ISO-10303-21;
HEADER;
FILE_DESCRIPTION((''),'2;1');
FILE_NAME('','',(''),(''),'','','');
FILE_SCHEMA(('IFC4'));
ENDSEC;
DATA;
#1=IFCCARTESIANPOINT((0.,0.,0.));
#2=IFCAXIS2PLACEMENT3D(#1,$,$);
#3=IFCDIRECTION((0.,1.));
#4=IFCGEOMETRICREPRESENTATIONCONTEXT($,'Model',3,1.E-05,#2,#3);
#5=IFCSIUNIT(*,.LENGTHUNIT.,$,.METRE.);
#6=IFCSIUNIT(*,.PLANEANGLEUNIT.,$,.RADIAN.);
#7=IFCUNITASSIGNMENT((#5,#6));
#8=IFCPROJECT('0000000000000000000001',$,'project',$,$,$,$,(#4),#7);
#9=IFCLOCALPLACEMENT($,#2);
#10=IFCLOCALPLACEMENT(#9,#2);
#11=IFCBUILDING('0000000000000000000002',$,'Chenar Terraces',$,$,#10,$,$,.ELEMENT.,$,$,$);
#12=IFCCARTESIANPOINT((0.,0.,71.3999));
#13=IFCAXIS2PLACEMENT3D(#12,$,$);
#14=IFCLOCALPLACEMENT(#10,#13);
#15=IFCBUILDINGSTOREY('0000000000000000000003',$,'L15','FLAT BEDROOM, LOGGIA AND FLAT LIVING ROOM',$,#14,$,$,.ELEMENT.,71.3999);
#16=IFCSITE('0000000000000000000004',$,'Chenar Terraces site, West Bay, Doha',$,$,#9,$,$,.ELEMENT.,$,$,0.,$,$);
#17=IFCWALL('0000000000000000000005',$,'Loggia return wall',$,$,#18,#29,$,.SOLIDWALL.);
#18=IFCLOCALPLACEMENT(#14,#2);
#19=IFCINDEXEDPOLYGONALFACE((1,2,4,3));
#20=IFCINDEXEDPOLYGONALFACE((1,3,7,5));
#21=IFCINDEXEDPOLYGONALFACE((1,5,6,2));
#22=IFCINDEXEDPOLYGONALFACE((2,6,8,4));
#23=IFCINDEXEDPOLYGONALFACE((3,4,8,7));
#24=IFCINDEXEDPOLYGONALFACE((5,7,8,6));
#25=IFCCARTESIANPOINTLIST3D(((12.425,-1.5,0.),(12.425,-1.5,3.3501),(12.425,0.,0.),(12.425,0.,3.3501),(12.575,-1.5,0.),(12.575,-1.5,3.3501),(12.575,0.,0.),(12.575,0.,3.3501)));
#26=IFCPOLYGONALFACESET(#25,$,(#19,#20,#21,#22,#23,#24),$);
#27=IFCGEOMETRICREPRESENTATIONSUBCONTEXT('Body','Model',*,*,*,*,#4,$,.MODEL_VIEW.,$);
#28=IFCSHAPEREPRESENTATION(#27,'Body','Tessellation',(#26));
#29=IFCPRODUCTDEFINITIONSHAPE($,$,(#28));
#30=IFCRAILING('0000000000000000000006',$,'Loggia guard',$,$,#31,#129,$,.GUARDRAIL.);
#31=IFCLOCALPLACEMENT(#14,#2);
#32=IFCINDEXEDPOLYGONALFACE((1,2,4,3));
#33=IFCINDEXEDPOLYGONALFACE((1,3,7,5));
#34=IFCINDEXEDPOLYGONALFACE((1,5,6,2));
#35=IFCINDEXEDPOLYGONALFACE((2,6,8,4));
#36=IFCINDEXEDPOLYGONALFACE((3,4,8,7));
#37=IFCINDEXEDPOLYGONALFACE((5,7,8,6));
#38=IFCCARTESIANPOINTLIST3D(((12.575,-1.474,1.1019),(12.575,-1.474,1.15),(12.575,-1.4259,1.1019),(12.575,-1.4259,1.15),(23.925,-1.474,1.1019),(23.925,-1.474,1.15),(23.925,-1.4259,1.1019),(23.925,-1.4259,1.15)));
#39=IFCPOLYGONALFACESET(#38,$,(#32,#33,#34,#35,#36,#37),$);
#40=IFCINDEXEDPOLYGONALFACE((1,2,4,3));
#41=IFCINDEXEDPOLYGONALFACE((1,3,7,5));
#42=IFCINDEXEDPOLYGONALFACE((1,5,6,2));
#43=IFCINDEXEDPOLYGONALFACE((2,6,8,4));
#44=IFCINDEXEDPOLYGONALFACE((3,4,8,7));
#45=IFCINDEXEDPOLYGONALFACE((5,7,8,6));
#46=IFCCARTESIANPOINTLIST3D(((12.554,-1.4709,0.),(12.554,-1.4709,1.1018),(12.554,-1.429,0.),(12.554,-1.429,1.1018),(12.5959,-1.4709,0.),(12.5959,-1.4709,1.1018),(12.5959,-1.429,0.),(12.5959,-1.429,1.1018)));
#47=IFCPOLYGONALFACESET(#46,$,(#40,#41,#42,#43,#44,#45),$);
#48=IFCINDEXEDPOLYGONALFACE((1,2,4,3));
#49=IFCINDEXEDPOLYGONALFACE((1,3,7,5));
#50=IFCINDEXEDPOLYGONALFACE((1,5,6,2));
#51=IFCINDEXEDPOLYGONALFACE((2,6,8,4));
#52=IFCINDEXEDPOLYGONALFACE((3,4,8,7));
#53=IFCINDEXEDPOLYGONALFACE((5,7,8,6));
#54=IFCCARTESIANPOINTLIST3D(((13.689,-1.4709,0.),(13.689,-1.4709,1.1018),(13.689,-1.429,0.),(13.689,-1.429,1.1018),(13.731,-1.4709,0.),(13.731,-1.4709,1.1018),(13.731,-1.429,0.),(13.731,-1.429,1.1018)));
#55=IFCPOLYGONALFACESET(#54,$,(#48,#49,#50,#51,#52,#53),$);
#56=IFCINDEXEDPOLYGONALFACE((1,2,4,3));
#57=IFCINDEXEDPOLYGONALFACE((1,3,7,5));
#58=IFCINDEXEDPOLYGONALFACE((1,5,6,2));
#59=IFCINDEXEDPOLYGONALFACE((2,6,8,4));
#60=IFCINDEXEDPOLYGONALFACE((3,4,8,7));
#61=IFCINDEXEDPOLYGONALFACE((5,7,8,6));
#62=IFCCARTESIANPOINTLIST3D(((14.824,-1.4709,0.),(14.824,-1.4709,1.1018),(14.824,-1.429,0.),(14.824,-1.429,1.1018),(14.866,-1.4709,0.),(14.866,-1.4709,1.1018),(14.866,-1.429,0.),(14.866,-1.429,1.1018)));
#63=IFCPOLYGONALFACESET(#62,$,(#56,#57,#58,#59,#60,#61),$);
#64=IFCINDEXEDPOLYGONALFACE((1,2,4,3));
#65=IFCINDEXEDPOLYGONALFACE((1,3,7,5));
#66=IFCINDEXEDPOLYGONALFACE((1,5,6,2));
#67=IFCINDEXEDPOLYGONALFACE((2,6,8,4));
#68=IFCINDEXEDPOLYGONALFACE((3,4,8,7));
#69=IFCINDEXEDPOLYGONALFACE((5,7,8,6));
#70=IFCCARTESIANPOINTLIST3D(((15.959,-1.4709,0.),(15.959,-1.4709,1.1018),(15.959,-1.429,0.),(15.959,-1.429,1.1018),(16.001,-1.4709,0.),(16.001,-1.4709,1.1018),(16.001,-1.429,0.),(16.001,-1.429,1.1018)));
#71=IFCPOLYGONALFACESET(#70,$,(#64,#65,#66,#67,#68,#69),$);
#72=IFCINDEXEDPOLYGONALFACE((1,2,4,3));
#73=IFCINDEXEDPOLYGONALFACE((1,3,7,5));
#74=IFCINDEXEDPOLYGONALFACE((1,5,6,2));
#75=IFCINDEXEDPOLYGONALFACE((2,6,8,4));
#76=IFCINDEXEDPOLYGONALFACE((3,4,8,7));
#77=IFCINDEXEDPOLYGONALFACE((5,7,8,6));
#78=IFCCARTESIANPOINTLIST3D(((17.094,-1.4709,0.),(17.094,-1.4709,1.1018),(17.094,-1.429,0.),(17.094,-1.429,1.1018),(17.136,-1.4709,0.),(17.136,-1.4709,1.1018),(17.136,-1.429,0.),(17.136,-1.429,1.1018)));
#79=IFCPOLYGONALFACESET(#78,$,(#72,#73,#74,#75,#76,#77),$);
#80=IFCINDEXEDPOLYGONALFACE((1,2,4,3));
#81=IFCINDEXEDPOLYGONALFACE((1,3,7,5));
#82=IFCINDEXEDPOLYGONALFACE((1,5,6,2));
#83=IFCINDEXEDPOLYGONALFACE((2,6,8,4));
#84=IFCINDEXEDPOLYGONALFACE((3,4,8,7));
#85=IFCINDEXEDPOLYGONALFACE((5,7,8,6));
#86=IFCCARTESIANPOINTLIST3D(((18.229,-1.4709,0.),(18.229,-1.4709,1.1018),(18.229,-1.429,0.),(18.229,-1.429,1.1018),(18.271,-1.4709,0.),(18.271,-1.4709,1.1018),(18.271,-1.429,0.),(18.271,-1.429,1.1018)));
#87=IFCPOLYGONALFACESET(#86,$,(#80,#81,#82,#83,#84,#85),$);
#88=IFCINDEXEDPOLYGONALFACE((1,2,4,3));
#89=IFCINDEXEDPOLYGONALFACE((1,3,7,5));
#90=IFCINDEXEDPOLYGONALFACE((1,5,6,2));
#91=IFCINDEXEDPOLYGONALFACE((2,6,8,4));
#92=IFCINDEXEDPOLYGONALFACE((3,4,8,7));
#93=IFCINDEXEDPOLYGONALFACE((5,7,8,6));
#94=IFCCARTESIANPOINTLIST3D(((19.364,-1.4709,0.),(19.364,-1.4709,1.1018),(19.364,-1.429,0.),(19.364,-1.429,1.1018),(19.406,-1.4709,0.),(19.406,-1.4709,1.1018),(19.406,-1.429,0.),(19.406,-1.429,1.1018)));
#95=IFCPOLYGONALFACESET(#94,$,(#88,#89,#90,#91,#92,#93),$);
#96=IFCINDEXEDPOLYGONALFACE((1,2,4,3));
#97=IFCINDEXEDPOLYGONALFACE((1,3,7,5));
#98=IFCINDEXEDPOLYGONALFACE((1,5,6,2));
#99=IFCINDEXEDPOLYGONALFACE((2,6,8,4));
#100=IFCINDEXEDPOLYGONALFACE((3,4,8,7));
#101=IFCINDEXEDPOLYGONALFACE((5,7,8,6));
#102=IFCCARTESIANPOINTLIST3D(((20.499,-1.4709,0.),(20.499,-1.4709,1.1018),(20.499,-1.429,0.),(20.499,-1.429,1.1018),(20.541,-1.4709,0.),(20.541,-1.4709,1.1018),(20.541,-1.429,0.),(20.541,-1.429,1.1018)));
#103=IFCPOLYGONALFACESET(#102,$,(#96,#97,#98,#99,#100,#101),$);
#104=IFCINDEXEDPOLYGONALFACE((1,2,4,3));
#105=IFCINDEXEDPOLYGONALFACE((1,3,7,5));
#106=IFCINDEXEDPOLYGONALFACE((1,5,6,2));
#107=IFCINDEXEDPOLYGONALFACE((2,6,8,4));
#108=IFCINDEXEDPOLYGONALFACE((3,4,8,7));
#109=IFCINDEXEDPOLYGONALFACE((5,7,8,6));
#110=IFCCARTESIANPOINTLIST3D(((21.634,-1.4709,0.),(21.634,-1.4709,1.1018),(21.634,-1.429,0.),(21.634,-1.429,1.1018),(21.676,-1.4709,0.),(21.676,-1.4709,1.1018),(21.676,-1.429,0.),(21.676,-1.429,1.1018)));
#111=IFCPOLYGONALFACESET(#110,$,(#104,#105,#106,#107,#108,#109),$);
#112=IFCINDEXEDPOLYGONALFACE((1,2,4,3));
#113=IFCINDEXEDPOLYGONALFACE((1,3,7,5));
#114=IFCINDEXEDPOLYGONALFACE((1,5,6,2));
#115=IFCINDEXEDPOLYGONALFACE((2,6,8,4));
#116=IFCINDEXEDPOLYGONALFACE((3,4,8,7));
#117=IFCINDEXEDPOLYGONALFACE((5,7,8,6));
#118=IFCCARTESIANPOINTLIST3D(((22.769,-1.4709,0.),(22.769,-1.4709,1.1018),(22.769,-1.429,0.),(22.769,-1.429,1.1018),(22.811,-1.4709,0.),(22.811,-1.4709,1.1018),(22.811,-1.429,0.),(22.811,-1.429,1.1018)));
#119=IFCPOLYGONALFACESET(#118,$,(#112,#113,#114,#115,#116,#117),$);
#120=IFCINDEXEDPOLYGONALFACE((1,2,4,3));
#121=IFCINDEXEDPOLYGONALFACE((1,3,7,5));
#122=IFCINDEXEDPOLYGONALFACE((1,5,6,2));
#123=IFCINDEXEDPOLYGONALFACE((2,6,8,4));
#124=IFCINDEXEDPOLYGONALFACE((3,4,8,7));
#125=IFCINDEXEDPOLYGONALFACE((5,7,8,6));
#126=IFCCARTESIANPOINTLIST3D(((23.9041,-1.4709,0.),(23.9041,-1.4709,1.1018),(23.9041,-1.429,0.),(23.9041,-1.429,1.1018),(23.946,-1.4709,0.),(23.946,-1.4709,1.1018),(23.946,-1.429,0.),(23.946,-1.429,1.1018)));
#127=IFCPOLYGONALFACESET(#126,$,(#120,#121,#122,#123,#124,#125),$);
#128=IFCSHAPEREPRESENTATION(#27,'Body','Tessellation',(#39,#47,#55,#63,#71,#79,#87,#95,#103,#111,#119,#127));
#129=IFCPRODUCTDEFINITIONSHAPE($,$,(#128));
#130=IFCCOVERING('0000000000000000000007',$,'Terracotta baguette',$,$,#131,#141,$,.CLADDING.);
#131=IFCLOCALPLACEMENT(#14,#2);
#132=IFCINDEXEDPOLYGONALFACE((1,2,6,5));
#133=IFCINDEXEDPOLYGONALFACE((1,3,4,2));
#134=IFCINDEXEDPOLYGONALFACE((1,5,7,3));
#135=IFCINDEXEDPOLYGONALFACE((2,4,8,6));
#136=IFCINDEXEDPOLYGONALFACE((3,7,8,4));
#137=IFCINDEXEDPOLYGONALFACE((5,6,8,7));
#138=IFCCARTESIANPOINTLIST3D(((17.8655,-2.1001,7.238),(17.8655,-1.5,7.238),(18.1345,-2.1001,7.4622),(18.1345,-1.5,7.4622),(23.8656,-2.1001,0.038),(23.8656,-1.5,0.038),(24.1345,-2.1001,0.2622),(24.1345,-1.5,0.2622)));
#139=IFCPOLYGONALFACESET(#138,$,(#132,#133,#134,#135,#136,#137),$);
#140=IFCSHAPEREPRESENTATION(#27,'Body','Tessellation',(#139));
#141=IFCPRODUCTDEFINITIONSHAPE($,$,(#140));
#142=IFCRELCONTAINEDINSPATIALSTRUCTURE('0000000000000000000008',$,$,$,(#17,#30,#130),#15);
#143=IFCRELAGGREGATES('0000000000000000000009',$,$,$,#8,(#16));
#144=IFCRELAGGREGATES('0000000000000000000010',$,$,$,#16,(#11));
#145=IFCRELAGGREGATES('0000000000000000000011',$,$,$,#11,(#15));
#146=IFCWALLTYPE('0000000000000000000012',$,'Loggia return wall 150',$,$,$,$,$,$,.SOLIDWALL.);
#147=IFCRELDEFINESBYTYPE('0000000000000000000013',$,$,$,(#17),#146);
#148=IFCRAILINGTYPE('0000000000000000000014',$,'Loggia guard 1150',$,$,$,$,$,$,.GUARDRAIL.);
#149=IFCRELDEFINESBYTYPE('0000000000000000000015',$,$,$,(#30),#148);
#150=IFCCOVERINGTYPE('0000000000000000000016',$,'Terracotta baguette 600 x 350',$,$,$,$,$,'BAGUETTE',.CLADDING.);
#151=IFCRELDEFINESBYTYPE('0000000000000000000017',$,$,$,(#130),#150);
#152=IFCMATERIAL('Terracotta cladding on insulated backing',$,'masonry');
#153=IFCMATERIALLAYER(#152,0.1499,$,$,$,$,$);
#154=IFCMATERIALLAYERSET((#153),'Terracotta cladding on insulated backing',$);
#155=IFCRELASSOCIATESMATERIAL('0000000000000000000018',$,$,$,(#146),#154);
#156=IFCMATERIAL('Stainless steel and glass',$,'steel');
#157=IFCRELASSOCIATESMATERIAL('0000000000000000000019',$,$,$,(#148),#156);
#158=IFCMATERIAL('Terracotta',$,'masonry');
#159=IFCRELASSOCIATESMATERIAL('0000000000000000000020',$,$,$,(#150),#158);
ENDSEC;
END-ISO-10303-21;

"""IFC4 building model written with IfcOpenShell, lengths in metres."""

from ifc_helpers import new_model, si_unit, direction, frame, frame_2d, origin, origin_2d, place, context, subcontext, project, spatial, rectangle, extrude, material, layer, layer_set, material_profile, profile_set, type_object, element, save


model = new_model("IFC4")

# Units and contexts
model_context = context("Model", 3, precision=1e-05, world=origin(), true_north=direction((0.0, 1.0)))
body_context = subcontext(model_context, "Body", "Model", "MODEL_VIEW")
ifc_project = project(units=[si_unit("LENGTHUNIT", "METRE"), si_unit("PLANEANGLEUNIT", "RADIAN")], contexts=[model_context])

# Site, building, storey
site_placement = place(None, origin())
site = spatial("IfcSite", under=ifc_project, at=site_placement, Name="Chenar Terraces site, West Bay, Doha", CompositionType="ELEMENT", RefElevation=0.0)
building_placement = place(site_placement, origin())
building = spatial("IfcBuilding", under=site, at=building_placement, Name="Chenar Terraces", CompositionType="ELEMENT")
storey_placement = place(building_placement, frame((0.0, 0.0, 71.3999)))
storey = spatial("IfcBuildingStorey", under=building, at=storey_placement, Name="L15", Description="FLAT BEDROOM, LOGGIA AND FLAT LIVING ROOM", CompositionType="ELEMENT", Elevation=71.3999)

# Wall
ifc_material_1 = material(Name="Terracotta cladding on insulated backing", Category="masonry")
ifc_layer_1 = layer(ifc_material_1, 0.1499)
ifc_layer_set_1 = layer_set([ifc_layer_1], Name="Terracotta cladding on insulated backing")
wall_type_1 = type_object("IfcWallType", Name="Loggia return wall 150", PredefinedType="SOLIDWALL", material=ifc_layer_set_1)
wall_1_placement = place(storey_placement, frame((12.5, -1.5, 0.0), z_axis=(0.0, 0.0, 1.0), x_axis=(0.0, 1.0, 0.0)))
element("IfcWall", 1, at=wall_1_placement, inside=storey, type_object=wall_type_1, Name="Loggia return wall", PredefinedType="SOLIDWALL", context=body_context, shape_type="SweptSolid", body=[
    extrude(rectangle(XDim=1.5, YDim=0.1499, at=frame_2d((0.75, 0.0))), origin(), (0.0, 0.0, 1.0), 3.3501),
])

# Railing
ifc_material_2 = material(Name="Stainless steel and glass", Category="steel")
railing_type = type_object("IfcRailingType", Name="Loggia guard 1150", PredefinedType="GUARDRAIL", material=ifc_material_2)
railing_placement = place(storey_placement, frame((12.575, -1.45, 0.0)))
element("IfcRailing", 2, at=railing_placement, inside=storey, type_object=railing_type, Name="Loggia guard", PredefinedType="GUARDRAIL", context=body_context, shape_type="SweptSolid", body=[
    extrude(rectangle(XDim=0.0481, YDim=0.0481, at=origin_2d()), frame((0.0, 0.0, 1.126), z_axis=(1.0, 0.0, 0.0), x_axis=(0.0, 1.0, 0.0)), (0.0, 0.0, 1.0), 11.3501),
    extrude(rectangle(XDim=0.042, YDim=0.042, at=origin_2d()), origin(), (0.0, 0.0, 1.0), 1.1018),
    extrude(rectangle(XDim=0.042, YDim=0.042, at=origin_2d()), frame((1.135, 0.0, 0.0)), (0.0, 0.0, 1.0), 1.1018),
    extrude(rectangle(XDim=0.042, YDim=0.042, at=origin_2d()), frame((2.27, 0.0, 0.0)), (0.0, 0.0, 1.0), 1.1018),
    extrude(rectangle(XDim=0.042, YDim=0.042, at=origin_2d()), frame((3.405, 0.0, 0.0)), (0.0, 0.0, 1.0), 1.1018),
    extrude(rectangle(XDim=0.042, YDim=0.042, at=origin_2d()), frame((4.54, 0.0, 0.0)), (0.0, 0.0, 1.0), 1.1018),
    extrude(rectangle(XDim=0.042, YDim=0.042, at=origin_2d()), frame((5.675, 0.0, 0.0)), (0.0, 0.0, 1.0), 1.1018),
    extrude(rectangle(XDim=0.042, YDim=0.042, at=origin_2d()), frame((6.8101, 0.0, 0.0)), (0.0, 0.0, 1.0), 1.1018),
    extrude(rectangle(XDim=0.042, YDim=0.042, at=origin_2d()), frame((7.9451, 0.0, 0.0)), (0.0, 0.0, 1.0), 1.1018),
    extrude(rectangle(XDim=0.042, YDim=0.042, at=origin_2d()), frame((9.0801, 0.0, 0.0)), (0.0, 0.0, 1.0), 1.1018),
    extrude(rectangle(XDim=0.042, YDim=0.042, at=origin_2d()), frame((10.2151, 0.0, 0.0)), (0.0, 0.0, 1.0), 1.1018),
    extrude(rectangle(XDim=0.042, YDim=0.042, at=origin_2d()), frame((11.3501, 0.0, 0.0)), (0.0, 0.0, 1.0), 1.1018),
])

# Covering
ifc_material_3 = material(Name="Terracotta", Category="masonry")
ifc_material_profile = material_profile(ifc_material_3, rectangle(XDim=0.6001, YDim=0.3501, at=origin_2d()), Name="Terracotta baguette 600 x 350")
ifc_profile_set = profile_set([ifc_material_profile], Name="Terracotta")
covering_type = type_object("IfcCoveringType", Name="Terracotta baguette 600 x 350", ElementType="BAGUETTE", PredefinedType="CLADDING", material=ifc_profile_set)
covering_placement = place(storey_placement, frame((18.0, -1.8, 7.3501), z_axis=(0.640187, 0.0, -0.768219), x_axis=(0.0, 1.0, 0.0)))
element("IfcCovering", 3, at=covering_placement, inside=storey, type_object=covering_type, Name="Terracotta baguette", PredefinedType="CLADDING", context=body_context, shape_type="SweptSolid", body=[
    extrude(rectangle(XDim=0.6001, YDim=0.3501, at=origin_2d()), origin(), (0.0, 0.0, 1.0), 9.3723),
])

save(model, "model.ifc")
